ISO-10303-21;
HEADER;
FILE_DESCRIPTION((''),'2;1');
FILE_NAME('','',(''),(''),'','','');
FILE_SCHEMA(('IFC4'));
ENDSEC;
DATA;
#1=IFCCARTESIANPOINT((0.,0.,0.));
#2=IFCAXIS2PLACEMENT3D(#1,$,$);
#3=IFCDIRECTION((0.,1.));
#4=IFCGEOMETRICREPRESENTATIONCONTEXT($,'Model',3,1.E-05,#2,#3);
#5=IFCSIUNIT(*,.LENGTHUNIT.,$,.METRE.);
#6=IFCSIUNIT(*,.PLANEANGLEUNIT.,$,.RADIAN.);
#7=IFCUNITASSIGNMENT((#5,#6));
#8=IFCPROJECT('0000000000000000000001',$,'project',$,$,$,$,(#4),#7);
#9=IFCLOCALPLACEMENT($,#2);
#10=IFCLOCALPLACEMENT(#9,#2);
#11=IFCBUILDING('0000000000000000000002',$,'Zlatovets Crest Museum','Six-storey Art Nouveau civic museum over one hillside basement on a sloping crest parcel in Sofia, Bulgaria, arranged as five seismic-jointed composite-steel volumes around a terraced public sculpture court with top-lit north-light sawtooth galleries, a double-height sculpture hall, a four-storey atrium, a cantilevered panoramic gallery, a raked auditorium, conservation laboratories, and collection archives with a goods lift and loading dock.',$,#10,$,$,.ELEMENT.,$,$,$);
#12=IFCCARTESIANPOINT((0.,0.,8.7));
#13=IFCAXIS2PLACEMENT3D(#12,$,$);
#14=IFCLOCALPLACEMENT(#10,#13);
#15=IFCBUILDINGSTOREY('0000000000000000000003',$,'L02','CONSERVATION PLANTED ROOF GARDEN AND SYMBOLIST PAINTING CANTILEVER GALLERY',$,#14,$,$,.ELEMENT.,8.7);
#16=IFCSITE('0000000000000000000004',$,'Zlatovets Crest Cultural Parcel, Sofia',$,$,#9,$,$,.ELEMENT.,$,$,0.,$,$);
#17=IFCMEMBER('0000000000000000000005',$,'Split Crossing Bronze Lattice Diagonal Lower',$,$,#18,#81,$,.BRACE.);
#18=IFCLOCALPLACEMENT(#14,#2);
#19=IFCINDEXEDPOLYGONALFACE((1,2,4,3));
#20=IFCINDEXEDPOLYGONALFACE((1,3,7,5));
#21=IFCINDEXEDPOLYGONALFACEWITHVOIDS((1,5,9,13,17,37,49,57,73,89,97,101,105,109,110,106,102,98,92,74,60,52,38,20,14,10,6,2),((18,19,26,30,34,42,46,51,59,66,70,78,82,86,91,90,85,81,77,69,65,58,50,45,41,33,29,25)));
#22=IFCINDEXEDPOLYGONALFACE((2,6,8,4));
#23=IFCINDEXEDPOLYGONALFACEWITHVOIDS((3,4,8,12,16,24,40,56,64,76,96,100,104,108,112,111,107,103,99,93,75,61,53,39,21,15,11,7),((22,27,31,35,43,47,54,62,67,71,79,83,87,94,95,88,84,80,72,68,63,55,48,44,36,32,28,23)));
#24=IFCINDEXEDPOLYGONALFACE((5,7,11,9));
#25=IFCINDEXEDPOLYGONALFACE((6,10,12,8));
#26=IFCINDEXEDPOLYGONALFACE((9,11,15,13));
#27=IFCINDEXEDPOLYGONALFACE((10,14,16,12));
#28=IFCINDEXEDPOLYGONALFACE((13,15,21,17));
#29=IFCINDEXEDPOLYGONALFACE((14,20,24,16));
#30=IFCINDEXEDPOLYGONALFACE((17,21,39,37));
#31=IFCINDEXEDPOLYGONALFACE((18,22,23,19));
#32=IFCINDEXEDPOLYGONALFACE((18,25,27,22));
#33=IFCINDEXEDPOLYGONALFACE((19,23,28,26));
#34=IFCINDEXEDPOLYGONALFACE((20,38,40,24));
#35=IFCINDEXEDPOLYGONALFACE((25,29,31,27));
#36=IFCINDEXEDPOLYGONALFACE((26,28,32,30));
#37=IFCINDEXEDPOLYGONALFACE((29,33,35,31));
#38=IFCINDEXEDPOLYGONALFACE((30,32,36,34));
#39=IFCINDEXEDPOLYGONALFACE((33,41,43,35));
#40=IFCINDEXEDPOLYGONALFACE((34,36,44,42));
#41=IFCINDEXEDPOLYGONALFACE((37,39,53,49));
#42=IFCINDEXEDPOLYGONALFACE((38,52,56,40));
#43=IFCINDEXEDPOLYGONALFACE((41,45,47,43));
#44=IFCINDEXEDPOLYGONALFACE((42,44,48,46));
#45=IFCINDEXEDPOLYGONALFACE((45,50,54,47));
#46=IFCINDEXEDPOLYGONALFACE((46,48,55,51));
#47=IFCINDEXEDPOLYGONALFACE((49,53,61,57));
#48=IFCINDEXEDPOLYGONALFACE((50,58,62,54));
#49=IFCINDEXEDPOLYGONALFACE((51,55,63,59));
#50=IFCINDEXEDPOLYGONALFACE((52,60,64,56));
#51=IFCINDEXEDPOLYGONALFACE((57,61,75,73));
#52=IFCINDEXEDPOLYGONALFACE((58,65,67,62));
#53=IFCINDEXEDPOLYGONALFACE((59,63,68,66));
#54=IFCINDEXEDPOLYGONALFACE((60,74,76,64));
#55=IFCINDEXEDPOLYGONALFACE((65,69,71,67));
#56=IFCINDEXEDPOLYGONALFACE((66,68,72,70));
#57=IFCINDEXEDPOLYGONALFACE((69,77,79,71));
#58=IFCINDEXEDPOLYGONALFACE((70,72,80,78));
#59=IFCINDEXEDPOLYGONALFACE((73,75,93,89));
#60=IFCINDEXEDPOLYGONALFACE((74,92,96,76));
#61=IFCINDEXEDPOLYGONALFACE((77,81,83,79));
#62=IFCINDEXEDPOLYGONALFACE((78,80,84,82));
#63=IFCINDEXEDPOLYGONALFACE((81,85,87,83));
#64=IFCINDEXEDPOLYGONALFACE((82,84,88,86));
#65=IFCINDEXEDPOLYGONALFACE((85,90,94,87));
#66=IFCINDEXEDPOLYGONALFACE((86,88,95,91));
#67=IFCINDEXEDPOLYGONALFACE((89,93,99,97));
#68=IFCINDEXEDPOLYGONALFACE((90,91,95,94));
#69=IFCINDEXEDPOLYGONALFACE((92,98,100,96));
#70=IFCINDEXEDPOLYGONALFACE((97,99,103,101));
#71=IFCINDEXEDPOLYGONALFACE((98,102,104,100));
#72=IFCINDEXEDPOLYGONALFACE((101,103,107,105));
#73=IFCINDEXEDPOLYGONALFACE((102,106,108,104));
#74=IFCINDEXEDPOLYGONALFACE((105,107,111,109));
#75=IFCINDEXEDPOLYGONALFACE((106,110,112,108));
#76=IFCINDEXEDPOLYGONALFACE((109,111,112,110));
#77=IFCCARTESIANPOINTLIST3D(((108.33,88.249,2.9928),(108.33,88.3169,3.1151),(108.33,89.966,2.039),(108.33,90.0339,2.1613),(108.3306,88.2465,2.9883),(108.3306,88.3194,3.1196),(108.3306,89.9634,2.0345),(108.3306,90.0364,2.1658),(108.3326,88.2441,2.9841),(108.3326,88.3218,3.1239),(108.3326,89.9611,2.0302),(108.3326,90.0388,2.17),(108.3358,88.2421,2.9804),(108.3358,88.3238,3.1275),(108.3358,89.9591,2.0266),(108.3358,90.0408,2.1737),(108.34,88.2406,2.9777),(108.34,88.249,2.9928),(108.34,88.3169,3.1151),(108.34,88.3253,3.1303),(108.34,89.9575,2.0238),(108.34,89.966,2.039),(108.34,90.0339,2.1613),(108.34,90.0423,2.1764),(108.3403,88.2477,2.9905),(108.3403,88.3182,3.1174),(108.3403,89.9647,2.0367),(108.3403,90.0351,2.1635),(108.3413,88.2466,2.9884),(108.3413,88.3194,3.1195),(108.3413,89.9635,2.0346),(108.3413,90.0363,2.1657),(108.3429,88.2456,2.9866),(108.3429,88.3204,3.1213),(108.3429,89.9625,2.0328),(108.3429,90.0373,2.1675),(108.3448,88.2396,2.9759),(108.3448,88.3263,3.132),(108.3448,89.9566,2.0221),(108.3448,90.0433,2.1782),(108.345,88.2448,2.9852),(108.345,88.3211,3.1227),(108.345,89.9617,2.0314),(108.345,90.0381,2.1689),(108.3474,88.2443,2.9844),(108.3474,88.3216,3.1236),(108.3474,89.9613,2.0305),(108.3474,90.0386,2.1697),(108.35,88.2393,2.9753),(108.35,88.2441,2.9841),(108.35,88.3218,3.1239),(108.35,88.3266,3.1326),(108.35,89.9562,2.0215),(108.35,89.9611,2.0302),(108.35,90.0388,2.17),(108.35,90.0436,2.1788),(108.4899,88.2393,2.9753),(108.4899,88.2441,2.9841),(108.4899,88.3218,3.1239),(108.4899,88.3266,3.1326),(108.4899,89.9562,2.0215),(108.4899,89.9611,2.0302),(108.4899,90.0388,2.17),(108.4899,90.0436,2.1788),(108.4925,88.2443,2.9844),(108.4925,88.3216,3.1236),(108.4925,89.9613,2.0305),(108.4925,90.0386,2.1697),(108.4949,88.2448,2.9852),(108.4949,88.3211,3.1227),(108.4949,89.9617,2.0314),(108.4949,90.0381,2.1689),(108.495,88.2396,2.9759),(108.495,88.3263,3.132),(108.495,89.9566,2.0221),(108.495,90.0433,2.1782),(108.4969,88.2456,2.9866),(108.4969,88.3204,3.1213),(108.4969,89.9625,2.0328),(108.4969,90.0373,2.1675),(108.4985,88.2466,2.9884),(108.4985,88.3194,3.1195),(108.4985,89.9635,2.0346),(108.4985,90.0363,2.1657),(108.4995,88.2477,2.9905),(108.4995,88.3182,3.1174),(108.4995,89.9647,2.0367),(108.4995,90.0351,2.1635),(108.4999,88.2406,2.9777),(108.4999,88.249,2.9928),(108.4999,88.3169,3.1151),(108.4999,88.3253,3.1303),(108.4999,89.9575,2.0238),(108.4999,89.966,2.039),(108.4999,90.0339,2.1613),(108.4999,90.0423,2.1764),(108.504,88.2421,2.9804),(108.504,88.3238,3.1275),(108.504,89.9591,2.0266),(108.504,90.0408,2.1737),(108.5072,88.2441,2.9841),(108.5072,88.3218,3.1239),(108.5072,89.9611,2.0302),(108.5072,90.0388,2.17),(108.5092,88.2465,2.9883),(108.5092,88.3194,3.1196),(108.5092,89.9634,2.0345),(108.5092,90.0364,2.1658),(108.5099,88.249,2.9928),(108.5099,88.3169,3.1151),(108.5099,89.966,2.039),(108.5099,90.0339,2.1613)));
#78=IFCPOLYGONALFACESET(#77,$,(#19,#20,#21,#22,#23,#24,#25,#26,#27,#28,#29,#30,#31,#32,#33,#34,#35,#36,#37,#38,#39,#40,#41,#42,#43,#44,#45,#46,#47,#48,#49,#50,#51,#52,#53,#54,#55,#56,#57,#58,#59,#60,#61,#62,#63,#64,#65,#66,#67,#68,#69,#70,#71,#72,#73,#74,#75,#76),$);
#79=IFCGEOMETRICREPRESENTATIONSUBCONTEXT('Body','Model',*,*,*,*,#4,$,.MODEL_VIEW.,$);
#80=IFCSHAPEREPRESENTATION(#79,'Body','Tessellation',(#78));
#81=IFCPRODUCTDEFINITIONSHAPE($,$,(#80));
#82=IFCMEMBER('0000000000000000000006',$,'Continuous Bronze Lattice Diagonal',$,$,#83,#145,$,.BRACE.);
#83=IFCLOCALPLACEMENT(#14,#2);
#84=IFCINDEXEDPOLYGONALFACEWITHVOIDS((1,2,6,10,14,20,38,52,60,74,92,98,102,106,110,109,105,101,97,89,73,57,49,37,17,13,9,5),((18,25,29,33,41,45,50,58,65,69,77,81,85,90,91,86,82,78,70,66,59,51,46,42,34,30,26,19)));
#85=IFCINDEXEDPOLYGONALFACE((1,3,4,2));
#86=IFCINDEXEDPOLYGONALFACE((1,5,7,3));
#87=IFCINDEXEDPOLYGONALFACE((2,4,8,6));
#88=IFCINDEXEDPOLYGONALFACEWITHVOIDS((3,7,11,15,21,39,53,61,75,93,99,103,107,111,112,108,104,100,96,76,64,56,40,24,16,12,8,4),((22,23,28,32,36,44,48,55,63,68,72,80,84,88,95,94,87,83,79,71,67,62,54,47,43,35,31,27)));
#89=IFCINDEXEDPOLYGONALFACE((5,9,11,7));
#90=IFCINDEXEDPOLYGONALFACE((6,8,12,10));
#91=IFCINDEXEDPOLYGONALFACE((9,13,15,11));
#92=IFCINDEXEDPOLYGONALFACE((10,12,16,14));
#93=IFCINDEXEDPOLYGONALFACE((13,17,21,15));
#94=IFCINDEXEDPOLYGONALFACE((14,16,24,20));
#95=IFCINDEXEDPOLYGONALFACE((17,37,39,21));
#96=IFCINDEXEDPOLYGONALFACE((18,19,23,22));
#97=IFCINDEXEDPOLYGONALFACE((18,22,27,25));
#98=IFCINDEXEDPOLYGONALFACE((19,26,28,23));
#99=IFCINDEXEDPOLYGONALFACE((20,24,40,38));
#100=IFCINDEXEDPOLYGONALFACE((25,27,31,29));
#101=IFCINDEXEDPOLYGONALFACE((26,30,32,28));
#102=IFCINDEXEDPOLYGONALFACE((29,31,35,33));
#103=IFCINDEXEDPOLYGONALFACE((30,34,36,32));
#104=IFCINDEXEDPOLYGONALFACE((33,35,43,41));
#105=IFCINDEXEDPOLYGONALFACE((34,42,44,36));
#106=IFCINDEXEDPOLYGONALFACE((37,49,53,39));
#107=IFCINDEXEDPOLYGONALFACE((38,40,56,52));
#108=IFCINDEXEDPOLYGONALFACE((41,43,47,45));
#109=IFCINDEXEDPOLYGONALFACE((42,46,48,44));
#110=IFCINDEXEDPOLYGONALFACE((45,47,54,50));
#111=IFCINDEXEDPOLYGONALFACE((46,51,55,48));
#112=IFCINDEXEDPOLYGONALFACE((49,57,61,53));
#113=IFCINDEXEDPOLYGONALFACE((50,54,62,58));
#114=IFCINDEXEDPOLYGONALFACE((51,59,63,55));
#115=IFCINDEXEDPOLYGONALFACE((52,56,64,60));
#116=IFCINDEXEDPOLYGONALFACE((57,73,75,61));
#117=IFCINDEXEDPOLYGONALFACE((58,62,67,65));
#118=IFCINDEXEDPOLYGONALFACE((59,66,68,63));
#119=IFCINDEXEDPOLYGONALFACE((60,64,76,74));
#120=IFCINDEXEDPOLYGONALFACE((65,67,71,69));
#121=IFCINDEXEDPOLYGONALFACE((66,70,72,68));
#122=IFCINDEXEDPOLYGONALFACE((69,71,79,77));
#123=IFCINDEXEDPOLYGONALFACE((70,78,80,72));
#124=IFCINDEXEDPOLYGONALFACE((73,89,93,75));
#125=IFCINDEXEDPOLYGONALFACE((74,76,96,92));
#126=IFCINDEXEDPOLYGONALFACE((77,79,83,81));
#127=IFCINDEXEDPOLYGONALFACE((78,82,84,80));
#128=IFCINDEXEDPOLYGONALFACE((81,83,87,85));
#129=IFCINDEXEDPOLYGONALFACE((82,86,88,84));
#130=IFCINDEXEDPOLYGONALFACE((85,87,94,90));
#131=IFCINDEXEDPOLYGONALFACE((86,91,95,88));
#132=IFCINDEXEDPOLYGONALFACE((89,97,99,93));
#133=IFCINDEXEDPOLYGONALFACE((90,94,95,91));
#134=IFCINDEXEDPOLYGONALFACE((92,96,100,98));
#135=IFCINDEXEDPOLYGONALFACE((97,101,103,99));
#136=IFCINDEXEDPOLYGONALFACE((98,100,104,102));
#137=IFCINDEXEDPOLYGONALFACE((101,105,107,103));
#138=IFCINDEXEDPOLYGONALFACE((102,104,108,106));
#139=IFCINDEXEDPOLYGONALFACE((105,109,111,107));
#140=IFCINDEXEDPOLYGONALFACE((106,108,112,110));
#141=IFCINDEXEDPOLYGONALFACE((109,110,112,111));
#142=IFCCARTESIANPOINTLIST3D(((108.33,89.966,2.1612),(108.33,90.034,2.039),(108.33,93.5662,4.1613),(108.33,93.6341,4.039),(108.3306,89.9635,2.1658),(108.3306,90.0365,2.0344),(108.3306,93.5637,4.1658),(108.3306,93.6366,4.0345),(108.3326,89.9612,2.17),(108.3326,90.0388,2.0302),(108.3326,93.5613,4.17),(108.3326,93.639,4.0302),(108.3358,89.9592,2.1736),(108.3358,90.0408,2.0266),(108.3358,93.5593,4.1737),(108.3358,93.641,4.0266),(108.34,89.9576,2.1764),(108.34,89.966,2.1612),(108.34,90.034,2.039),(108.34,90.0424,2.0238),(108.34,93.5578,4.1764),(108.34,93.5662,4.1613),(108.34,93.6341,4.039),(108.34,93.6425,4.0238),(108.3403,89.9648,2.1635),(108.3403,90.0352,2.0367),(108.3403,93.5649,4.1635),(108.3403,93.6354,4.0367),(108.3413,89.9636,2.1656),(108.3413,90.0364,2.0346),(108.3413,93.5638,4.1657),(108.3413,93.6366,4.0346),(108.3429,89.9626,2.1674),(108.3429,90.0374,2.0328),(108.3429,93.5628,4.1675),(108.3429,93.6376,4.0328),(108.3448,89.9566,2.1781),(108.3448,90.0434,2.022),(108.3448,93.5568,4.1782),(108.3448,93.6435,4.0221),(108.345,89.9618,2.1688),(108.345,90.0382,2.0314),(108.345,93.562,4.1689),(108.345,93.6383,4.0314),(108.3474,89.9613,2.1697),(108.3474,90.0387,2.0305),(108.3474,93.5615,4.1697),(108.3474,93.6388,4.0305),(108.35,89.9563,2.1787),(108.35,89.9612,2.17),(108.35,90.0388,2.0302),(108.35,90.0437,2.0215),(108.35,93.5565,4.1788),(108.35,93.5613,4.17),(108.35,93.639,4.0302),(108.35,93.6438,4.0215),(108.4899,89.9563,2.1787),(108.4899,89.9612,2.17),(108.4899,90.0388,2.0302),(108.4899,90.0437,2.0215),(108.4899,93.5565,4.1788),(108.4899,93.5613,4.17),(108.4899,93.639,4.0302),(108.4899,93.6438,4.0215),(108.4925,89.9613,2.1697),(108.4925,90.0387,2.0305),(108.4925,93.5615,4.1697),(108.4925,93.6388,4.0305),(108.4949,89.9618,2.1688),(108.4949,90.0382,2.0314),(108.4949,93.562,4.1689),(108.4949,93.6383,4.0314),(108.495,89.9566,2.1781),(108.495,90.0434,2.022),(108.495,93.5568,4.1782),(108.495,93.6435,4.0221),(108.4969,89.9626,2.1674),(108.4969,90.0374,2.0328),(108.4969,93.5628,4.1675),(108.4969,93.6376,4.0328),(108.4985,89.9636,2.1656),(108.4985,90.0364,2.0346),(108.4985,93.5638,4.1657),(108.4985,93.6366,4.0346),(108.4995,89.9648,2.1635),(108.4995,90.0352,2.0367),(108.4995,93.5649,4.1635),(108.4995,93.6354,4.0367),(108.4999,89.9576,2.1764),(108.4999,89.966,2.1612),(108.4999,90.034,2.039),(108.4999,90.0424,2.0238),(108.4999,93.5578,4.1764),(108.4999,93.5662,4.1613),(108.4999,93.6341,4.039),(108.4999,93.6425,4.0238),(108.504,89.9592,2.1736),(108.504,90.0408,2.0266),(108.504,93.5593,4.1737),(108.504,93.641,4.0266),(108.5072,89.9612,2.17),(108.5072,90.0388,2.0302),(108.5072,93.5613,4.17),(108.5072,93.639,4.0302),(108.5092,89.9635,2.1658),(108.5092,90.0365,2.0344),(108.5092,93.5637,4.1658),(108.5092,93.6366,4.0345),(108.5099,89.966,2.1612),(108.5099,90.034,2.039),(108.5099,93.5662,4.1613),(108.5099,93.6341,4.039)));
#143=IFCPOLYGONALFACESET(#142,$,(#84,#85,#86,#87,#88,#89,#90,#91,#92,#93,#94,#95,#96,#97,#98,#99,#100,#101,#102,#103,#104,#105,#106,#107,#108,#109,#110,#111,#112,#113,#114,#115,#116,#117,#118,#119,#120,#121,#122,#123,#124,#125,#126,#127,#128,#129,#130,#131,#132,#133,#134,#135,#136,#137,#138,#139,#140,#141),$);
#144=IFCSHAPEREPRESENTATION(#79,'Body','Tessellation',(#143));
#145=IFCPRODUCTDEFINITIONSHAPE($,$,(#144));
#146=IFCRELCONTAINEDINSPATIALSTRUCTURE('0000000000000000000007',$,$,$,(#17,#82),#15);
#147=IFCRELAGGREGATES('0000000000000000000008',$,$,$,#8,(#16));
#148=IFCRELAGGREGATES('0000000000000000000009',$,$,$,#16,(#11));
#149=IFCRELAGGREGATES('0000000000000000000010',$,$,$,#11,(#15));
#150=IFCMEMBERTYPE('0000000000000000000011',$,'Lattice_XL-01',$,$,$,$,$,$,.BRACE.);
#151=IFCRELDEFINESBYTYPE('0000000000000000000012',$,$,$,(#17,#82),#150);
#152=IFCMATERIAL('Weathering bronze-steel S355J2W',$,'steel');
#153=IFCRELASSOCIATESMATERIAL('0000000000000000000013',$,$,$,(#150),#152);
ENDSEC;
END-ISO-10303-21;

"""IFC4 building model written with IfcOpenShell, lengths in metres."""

from ifc_helpers import new_model, si_unit, direction, frame, origin, origin_2d, place, context, subcontext, project, spatial, hollow_rectangle, extrude, material, material_profile, profile_set, type_object, element, save


model = new_model("IFC4")

# Units and contexts
model_context = context("Model", 3, precision=1e-05, world=origin(), true_north=direction((0.0, 1.0)))
body_context = subcontext(model_context, "Body", "Model", "MODEL_VIEW")
ifc_project = project(units=[si_unit("LENGTHUNIT", "METRE"), si_unit("PLANEANGLEUNIT", "RADIAN")], contexts=[model_context])

# Site, building, storey
site_placement = place(None, origin())
site = spatial("IfcSite", under=ifc_project, at=site_placement, Name="Zlatovets Crest Cultural Parcel, Sofia", CompositionType="ELEMENT", RefElevation=0.0)
building_placement = place(site_placement, origin())
building = spatial("IfcBuilding", under=site, at=building_placement, Name="Zlatovets Crest Museum", Description="Six-storey Art Nouveau civic museum over one hillside basement on a sloping crest parcel in Sofia, Bulgaria, arranged as five seismic-jointed composite-steel volumes around a terraced public sculpture court with top-lit north-light sawtooth galleries, a double-height sculpture hall, a four-storey atrium, a cantilevered panoramic gallery, a raked auditorium, conservation laboratories, and collection archives with a goods lift and loading dock.", CompositionType="ELEMENT")
storey_placement = place(building_placement, frame((0.0, 0.0, 8.7)))
storey = spatial("IfcBuildingStorey", under=building, at=storey_placement, Name="L02", Description="CONSERVATION PLANTED ROOF GARDEN AND SYMBOLIST PAINTING CANTILEVER GALLERY", CompositionType="ELEMENT", Elevation=8.7)

# Members
ifc_material_1 = material(Name="Weathering bronze-steel S355J2W", Category="steel")
ifc_material_profile_1 = material_profile(ifc_material_1, hollow_rectangle(XDim=0.1799, YDim=0.1799, WallThickness=0.01, InnerFilletRadius=0.01, OuterFilletRadius=0.02, at=origin_2d()), Name="SHS 180x180x10.0")
ifc_profile_set_1 = profile_set([ifc_material_profile_1], Name="Weathering bronze-steel S355J2W")
member_type_1 = type_object("IfcMemberType", Name="Lattice_XL-01", PredefinedType="BRACE", material=ifc_profile_set_1)
for number, where, z_axis, x_axis, name in (
    (1, (108.4199, 88.283, 3.054), (0.0, 0.874169, -0.485622), (-1.0, 0.0, 0.0), "Split Crossing Bronze Lattice Diagonal Lower"),
):
    element("IfcMember", number, at=place(storey_placement, frame(where, z_axis=z_axis, x_axis=x_axis)), inside=storey, type_object=member_type_1, Name=name, PredefinedType="BRACE", context=body_context, shape_type="SweptSolid", body=[
        extrude(hollow_rectangle(XDim=0.1799, YDim=0.1799, WallThickness=0.01, InnerFilletRadius=0.01, OuterFilletRadius=0.02, at=origin_2d()), origin(), (0.0, 0.0, 1.0), 1.9641),
    ])
member_1_placement = place(storey_placement, frame((108.4199, 90.0, 2.1001), z_axis=(0.0, 0.874163, 0.485633), x_axis=(-1.0, 0.0, 0.0)))
element("IfcMember", 2, at=member_1_placement, inside=storey, type_object=member_type_1, Name="Continuous Bronze Lattice Diagonal", PredefinedType="BRACE", context=body_context, shape_type="SweptSolid", body=[
    extrude(hollow_rectangle(XDim=0.1799, YDim=0.1799, WallThickness=0.01, InnerFilletRadius=0.01, OuterFilletRadius=0.02, at=origin_2d()), origin(), (0.0, 0.0, 1.0), 4.1184),
])

save(model, "model.ifc")
